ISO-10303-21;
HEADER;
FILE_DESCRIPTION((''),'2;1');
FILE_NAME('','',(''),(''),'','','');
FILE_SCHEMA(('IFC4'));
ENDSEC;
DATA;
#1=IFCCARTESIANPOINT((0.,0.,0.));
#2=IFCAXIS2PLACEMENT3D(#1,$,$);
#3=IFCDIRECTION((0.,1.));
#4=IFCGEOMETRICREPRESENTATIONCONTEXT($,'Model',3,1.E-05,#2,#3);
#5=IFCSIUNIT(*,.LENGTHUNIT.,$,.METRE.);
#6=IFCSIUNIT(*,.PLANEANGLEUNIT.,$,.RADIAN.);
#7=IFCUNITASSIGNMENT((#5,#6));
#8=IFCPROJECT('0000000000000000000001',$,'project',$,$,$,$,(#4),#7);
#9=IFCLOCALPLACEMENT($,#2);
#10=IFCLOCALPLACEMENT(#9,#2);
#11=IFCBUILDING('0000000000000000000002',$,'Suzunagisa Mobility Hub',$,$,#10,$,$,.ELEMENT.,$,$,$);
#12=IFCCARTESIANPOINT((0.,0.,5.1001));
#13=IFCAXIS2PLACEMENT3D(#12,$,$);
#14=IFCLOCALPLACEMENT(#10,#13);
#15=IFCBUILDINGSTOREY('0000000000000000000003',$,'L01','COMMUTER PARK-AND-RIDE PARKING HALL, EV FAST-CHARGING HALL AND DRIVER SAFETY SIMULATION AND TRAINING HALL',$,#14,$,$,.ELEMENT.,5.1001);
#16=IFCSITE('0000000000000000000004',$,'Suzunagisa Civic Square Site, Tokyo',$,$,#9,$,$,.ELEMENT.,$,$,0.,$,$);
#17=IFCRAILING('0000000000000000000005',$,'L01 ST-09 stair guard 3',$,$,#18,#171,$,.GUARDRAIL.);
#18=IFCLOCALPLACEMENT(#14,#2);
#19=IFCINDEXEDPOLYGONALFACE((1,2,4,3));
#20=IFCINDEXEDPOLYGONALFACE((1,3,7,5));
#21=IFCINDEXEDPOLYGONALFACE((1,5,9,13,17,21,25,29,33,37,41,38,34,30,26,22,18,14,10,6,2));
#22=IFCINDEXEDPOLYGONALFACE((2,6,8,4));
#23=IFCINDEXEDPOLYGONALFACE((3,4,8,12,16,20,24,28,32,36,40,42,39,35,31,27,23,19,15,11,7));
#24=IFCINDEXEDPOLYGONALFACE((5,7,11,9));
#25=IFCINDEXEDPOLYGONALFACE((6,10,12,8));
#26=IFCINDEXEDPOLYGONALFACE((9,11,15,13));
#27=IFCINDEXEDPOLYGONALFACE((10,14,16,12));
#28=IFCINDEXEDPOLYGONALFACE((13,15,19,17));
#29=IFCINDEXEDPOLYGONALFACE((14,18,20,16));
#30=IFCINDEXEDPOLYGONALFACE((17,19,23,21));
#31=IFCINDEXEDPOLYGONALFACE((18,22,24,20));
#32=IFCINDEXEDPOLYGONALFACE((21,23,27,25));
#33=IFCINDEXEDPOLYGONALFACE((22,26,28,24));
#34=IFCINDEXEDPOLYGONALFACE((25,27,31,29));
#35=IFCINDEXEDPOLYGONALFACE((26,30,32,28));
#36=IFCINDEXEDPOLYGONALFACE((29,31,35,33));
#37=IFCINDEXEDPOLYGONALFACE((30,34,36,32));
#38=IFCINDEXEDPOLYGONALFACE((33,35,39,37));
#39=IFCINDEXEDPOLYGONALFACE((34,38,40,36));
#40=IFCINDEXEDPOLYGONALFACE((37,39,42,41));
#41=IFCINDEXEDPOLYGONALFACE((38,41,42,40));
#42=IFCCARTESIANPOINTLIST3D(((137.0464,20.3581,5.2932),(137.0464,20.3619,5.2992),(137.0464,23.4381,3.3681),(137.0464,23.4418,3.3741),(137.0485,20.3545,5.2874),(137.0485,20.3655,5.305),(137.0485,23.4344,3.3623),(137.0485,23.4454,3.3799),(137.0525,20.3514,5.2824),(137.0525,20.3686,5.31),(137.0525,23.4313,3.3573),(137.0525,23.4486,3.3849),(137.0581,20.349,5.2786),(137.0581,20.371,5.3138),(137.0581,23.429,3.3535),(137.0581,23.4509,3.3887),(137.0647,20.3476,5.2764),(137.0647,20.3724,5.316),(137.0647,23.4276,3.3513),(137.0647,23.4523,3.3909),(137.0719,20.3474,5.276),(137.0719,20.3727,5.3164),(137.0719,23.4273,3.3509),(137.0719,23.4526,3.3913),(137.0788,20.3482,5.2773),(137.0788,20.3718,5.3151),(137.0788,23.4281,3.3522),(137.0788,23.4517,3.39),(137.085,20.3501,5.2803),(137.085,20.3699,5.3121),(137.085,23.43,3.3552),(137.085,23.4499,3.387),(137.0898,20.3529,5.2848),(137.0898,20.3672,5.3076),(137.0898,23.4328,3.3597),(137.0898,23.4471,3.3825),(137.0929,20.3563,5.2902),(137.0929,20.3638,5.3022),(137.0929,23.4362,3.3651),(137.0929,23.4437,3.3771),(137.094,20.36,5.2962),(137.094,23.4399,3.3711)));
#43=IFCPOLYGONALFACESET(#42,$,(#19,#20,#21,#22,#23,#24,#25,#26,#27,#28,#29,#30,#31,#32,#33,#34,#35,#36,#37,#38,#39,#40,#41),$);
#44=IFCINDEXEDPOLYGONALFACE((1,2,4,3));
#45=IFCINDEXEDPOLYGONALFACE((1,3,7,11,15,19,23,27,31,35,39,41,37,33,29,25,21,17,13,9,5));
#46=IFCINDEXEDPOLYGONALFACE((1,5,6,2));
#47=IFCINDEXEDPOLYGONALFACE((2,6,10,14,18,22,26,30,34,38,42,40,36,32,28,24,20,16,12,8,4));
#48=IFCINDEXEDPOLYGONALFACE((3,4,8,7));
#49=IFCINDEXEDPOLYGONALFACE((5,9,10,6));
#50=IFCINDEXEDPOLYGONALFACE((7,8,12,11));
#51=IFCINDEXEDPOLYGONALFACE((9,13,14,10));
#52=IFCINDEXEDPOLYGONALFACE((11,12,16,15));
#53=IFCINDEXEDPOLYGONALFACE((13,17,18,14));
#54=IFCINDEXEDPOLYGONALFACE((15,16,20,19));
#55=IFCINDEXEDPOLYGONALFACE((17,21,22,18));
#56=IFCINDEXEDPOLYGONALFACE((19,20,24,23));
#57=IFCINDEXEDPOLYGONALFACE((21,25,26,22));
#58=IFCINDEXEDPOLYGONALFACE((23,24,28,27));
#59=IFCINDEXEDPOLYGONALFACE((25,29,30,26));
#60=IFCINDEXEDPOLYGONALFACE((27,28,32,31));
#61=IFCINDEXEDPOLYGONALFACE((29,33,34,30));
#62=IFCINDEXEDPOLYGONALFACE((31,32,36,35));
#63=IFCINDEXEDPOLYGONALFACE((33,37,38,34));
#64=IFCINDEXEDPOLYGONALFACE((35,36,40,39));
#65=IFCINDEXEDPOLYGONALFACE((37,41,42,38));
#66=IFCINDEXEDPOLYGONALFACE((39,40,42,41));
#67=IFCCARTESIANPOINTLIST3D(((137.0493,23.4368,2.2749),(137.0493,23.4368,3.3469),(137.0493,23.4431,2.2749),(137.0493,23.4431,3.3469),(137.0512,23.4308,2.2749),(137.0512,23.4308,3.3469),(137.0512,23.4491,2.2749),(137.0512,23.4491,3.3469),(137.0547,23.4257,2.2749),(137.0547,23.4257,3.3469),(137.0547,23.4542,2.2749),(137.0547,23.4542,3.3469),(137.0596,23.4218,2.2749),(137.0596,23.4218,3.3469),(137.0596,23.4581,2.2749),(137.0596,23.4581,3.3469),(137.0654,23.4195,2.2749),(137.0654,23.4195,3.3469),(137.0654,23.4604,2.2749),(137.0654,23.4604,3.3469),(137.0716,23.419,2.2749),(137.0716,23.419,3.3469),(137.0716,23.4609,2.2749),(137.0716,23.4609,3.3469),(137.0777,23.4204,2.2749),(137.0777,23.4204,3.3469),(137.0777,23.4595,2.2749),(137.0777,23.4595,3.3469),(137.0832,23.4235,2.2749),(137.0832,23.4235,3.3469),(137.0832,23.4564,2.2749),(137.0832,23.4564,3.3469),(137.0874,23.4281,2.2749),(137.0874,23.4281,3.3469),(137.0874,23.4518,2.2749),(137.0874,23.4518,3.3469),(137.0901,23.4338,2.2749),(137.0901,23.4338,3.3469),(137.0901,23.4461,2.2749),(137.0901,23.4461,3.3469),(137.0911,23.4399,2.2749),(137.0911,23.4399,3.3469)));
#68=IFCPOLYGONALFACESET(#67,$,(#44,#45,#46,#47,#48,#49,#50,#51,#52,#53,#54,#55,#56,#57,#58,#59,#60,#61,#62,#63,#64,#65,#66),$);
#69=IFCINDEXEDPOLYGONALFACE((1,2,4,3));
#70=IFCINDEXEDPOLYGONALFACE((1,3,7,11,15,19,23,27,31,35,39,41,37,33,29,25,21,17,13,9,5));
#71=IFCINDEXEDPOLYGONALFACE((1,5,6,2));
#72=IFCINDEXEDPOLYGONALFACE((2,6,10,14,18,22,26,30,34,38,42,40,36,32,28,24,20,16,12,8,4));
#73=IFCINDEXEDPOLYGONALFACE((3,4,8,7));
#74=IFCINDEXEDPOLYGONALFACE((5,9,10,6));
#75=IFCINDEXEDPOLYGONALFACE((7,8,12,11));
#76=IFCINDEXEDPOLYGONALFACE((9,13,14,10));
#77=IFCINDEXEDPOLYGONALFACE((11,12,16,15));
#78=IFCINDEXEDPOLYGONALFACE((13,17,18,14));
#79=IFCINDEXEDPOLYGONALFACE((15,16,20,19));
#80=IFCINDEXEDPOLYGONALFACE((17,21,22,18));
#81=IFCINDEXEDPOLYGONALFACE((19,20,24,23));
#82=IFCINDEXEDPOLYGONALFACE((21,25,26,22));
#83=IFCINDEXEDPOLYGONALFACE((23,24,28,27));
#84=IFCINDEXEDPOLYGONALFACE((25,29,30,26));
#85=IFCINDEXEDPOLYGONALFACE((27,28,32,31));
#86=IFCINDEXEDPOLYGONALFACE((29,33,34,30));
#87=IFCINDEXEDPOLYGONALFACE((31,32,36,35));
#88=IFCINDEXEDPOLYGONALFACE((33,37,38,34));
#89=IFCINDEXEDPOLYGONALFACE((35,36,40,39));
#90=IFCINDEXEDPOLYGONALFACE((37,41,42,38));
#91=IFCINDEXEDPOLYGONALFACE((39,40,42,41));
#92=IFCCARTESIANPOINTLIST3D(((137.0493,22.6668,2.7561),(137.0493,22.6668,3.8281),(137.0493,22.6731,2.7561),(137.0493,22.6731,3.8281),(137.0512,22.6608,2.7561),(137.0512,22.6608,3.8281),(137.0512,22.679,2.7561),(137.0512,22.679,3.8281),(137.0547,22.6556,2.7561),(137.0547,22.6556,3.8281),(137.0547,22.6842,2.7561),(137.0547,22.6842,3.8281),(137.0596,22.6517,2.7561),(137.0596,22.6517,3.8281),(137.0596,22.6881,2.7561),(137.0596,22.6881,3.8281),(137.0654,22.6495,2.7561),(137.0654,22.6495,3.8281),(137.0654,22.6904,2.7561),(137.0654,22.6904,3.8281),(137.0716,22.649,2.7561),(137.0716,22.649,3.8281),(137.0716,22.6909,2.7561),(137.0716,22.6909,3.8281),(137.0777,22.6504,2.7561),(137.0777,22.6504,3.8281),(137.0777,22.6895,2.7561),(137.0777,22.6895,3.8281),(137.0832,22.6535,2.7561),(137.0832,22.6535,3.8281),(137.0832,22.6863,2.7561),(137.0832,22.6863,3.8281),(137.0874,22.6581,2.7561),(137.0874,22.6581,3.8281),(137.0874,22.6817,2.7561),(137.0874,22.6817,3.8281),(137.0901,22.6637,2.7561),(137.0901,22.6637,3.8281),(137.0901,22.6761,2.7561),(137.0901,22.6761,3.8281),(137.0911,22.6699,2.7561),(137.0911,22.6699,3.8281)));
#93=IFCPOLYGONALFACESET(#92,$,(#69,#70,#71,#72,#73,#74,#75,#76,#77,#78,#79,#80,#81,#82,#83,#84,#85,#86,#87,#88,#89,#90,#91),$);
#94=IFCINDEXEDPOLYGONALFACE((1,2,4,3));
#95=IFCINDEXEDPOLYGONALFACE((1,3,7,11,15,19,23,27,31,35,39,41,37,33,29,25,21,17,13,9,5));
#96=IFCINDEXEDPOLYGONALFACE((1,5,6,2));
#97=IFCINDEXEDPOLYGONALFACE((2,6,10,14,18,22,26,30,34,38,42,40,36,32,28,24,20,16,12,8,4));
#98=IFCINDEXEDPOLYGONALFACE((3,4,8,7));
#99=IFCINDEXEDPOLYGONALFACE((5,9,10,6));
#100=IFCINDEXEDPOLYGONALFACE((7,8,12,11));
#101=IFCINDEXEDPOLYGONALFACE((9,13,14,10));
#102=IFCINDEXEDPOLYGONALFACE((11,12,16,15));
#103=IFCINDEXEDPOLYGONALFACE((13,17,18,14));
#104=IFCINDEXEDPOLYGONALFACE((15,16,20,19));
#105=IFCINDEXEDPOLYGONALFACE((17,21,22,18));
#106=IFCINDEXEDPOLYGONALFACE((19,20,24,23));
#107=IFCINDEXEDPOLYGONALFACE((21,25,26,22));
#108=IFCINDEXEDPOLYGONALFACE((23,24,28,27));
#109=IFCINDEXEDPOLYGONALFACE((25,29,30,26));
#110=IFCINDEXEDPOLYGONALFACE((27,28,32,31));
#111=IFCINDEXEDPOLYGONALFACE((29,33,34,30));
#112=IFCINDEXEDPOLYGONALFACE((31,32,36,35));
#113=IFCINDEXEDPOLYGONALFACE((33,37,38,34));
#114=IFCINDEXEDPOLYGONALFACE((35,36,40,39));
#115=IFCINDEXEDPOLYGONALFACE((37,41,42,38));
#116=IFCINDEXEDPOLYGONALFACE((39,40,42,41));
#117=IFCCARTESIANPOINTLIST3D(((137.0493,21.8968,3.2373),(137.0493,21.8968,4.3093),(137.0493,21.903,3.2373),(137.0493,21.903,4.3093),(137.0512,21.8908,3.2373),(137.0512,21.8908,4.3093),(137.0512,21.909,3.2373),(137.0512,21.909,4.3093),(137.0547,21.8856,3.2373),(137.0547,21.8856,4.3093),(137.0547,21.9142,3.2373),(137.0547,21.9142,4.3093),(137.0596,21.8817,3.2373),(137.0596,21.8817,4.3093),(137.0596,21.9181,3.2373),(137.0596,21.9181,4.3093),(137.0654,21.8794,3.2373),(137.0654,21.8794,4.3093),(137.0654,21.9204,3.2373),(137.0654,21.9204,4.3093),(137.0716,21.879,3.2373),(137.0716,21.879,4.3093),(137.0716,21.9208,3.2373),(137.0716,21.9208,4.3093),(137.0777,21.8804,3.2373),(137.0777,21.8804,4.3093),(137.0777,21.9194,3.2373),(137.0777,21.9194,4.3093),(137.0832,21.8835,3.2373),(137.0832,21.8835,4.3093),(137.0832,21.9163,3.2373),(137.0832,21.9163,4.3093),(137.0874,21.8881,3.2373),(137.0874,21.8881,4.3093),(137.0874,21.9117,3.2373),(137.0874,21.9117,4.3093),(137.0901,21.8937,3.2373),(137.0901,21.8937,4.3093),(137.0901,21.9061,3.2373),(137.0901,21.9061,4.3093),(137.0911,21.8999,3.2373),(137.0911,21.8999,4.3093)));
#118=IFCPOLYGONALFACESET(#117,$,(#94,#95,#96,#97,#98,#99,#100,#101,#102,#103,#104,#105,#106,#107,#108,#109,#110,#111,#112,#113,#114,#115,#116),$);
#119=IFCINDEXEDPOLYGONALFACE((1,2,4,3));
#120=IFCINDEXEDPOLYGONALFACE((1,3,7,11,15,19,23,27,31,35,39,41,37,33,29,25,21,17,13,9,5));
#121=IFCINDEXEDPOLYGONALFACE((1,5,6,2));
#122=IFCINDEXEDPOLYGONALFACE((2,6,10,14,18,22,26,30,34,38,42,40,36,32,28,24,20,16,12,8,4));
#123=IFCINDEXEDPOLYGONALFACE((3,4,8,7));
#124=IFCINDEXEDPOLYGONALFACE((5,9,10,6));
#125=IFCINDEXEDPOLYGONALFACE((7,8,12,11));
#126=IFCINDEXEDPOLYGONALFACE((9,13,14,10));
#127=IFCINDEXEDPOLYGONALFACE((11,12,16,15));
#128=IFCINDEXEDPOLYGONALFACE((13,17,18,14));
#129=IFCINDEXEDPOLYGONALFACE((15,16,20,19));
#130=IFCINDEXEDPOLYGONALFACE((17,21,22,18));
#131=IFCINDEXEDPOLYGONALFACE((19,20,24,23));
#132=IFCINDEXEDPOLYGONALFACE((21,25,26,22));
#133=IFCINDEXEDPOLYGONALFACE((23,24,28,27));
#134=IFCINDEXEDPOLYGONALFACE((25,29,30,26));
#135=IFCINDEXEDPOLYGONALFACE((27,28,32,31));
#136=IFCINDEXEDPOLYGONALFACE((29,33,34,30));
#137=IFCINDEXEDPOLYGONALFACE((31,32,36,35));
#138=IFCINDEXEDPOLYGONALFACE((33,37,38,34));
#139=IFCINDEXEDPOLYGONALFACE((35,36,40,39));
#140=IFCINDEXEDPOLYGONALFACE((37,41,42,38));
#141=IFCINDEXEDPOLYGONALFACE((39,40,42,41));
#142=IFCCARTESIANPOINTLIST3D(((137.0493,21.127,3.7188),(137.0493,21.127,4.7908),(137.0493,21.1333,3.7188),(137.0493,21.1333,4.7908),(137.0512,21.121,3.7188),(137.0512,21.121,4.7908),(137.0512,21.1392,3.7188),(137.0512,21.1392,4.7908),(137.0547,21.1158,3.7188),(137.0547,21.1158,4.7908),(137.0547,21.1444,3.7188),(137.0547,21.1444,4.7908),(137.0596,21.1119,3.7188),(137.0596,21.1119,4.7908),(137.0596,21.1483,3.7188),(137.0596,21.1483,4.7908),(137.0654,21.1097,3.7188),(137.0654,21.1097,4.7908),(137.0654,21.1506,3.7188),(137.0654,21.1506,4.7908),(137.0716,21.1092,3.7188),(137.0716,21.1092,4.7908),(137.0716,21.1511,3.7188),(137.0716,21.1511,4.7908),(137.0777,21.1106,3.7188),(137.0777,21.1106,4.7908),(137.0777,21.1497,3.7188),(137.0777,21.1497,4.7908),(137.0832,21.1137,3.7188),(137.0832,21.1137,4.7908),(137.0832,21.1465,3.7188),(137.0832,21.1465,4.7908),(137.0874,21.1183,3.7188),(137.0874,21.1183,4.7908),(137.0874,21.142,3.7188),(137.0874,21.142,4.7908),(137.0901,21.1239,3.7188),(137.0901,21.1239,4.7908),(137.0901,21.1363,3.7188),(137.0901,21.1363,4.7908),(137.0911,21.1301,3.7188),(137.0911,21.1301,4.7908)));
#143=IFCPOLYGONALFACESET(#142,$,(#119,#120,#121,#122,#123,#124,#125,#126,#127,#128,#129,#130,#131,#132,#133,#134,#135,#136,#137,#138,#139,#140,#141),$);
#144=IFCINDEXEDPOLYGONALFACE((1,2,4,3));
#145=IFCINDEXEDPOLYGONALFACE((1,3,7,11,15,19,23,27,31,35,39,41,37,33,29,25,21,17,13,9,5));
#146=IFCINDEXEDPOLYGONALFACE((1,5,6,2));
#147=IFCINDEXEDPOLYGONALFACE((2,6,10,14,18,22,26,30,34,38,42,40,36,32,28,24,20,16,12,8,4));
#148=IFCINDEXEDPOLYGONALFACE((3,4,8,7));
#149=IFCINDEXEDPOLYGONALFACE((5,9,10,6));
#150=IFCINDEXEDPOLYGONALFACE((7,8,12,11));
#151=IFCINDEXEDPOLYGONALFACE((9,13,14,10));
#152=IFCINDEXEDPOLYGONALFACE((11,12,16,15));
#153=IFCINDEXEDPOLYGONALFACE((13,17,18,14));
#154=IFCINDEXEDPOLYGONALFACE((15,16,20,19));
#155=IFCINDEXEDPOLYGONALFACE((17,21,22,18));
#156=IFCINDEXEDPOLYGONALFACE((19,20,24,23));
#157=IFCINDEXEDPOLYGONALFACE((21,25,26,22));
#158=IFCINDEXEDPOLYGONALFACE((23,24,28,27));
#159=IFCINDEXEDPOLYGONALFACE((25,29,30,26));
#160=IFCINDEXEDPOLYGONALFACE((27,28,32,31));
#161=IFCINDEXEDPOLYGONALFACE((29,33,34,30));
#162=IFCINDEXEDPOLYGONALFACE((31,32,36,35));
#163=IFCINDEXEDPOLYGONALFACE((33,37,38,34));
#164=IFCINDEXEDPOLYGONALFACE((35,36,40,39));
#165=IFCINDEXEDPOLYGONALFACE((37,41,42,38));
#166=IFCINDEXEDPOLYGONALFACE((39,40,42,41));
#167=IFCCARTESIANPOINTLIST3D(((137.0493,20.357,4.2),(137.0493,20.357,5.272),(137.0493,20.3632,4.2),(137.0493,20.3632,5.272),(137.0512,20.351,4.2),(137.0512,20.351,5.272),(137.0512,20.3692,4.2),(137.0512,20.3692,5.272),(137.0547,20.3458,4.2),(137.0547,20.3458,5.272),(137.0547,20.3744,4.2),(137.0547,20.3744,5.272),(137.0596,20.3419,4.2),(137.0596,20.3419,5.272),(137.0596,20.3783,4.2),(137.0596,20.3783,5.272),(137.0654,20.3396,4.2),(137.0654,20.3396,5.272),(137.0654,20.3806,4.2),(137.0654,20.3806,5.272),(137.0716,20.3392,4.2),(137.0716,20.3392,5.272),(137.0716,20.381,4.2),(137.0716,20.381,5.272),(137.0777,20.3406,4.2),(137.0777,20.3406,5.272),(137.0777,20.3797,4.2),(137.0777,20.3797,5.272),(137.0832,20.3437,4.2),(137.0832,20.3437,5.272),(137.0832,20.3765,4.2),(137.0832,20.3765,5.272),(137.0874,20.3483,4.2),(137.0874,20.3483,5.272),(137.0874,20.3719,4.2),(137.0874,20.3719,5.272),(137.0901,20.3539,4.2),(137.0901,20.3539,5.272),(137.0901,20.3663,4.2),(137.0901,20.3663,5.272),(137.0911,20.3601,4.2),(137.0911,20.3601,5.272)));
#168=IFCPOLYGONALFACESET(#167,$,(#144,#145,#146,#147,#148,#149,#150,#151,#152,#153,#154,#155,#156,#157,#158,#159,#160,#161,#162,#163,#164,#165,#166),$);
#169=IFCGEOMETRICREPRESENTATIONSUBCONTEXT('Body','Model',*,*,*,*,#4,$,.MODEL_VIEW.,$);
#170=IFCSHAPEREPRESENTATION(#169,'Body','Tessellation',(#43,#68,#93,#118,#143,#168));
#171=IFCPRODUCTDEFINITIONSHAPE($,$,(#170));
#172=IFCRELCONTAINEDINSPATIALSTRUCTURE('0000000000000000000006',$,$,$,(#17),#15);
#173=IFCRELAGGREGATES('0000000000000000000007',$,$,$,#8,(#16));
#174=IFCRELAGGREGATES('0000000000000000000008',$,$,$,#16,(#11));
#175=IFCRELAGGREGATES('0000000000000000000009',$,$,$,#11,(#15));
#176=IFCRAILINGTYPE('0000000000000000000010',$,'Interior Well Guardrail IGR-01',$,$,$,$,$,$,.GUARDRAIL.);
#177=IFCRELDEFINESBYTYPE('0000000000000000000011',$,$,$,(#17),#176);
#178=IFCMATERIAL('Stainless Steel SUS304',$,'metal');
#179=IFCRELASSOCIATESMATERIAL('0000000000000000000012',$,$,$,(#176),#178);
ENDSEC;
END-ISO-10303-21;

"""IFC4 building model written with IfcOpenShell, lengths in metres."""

from ifc_helpers import new_model, si_unit, direction, frame, origin, origin_2d, place, context, subcontext, project, spatial, circle, extrude, material, type_object, element, save


model = new_model("IFC4")

# Units and contexts
model_context = context("Model", 3, precision=1e-05, world=origin(), true_north=direction((0.0, 1.0)))
body_context = subcontext(model_context, "Body", "Model", "MODEL_VIEW")
ifc_project = project(units=[si_unit("LENGTHUNIT", "METRE"), si_unit("PLANEANGLEUNIT", "RADIAN")], contexts=[model_context])

# Site, building, storey
site_placement = place(None, origin())
site = spatial("IfcSite", under=ifc_project, at=site_placement, Name="Suzunagisa Civic Square Site, Tokyo", CompositionType="ELEMENT", RefElevation=0.0)
building_placement = place(site_placement, origin())
building = spatial("IfcBuilding", under=site, at=building_placement, Name="Suzunagisa Mobility Hub", CompositionType="ELEMENT")
storey_placement = place(building_placement, frame((0.0, 0.0, 5.1001)))
storey = spatial("IfcBuildingStorey", under=building, at=storey_placement, Name="L01", Description="COMMUTER PARK-AND-RIDE PARKING HALL, EV FAST-CHARGING HALL AND DRIVER SAFETY SIMULATION AND TRAINING HALL", CompositionType="ELEMENT", Elevation=5.1001)

# Railing
ifc_material_1 = material(Name="Stainless Steel SUS304", Category="metal")
railing_type_1 = type_object("IfcRailingType", Name="Interior Well Guardrail IGR-01", PredefinedType="GUARDRAIL", material=ifc_material_1)
railing_1_placement = place(storey_placement, frame((137.0701, 23.4399, 2.2749)))
element("IfcRailing", 1, at=railing_1_placement, inside=storey, type_object=railing_type_1, Name="L01 ST-09 stair guard 3", PredefinedType="GUARDRAIL", context=body_context, shape_type="SweptSolid", body=[
    extrude(circle(Radius=0.0239, at=origin_2d()), frame((0.0, 0.0, 1.0962), z_axis=(0.0, -0.847979, 0.530029), x_axis=(1.0, 0.0, 0.0)), (0.0, 0.0, 1.0), 3.6321),
    extrude(circle(Radius=0.021, at=origin_2d()), origin(), (0.0, 0.0, 1.0), 1.072),
    extrude(circle(Radius=0.021, at=origin_2d()), frame((0.0, -0.77, 0.4812)), (0.0, 0.0, 1.0), 1.072),
    extrude(circle(Radius=0.021, at=origin_2d()), frame((0.0, -1.54, 0.9624)), (0.0, 0.0, 1.0), 1.072),
    extrude(circle(Radius=0.021, at=origin_2d()), frame((0.0, -2.3098, 1.4438)), (0.0, 0.0, 1.0), 1.072),
    extrude(circle(Radius=0.021, at=origin_2d()), frame((0.0, -3.0798, 1.925)), (0.0, 0.0, 1.0), 1.072),
])

save(model, "model.ifc")
